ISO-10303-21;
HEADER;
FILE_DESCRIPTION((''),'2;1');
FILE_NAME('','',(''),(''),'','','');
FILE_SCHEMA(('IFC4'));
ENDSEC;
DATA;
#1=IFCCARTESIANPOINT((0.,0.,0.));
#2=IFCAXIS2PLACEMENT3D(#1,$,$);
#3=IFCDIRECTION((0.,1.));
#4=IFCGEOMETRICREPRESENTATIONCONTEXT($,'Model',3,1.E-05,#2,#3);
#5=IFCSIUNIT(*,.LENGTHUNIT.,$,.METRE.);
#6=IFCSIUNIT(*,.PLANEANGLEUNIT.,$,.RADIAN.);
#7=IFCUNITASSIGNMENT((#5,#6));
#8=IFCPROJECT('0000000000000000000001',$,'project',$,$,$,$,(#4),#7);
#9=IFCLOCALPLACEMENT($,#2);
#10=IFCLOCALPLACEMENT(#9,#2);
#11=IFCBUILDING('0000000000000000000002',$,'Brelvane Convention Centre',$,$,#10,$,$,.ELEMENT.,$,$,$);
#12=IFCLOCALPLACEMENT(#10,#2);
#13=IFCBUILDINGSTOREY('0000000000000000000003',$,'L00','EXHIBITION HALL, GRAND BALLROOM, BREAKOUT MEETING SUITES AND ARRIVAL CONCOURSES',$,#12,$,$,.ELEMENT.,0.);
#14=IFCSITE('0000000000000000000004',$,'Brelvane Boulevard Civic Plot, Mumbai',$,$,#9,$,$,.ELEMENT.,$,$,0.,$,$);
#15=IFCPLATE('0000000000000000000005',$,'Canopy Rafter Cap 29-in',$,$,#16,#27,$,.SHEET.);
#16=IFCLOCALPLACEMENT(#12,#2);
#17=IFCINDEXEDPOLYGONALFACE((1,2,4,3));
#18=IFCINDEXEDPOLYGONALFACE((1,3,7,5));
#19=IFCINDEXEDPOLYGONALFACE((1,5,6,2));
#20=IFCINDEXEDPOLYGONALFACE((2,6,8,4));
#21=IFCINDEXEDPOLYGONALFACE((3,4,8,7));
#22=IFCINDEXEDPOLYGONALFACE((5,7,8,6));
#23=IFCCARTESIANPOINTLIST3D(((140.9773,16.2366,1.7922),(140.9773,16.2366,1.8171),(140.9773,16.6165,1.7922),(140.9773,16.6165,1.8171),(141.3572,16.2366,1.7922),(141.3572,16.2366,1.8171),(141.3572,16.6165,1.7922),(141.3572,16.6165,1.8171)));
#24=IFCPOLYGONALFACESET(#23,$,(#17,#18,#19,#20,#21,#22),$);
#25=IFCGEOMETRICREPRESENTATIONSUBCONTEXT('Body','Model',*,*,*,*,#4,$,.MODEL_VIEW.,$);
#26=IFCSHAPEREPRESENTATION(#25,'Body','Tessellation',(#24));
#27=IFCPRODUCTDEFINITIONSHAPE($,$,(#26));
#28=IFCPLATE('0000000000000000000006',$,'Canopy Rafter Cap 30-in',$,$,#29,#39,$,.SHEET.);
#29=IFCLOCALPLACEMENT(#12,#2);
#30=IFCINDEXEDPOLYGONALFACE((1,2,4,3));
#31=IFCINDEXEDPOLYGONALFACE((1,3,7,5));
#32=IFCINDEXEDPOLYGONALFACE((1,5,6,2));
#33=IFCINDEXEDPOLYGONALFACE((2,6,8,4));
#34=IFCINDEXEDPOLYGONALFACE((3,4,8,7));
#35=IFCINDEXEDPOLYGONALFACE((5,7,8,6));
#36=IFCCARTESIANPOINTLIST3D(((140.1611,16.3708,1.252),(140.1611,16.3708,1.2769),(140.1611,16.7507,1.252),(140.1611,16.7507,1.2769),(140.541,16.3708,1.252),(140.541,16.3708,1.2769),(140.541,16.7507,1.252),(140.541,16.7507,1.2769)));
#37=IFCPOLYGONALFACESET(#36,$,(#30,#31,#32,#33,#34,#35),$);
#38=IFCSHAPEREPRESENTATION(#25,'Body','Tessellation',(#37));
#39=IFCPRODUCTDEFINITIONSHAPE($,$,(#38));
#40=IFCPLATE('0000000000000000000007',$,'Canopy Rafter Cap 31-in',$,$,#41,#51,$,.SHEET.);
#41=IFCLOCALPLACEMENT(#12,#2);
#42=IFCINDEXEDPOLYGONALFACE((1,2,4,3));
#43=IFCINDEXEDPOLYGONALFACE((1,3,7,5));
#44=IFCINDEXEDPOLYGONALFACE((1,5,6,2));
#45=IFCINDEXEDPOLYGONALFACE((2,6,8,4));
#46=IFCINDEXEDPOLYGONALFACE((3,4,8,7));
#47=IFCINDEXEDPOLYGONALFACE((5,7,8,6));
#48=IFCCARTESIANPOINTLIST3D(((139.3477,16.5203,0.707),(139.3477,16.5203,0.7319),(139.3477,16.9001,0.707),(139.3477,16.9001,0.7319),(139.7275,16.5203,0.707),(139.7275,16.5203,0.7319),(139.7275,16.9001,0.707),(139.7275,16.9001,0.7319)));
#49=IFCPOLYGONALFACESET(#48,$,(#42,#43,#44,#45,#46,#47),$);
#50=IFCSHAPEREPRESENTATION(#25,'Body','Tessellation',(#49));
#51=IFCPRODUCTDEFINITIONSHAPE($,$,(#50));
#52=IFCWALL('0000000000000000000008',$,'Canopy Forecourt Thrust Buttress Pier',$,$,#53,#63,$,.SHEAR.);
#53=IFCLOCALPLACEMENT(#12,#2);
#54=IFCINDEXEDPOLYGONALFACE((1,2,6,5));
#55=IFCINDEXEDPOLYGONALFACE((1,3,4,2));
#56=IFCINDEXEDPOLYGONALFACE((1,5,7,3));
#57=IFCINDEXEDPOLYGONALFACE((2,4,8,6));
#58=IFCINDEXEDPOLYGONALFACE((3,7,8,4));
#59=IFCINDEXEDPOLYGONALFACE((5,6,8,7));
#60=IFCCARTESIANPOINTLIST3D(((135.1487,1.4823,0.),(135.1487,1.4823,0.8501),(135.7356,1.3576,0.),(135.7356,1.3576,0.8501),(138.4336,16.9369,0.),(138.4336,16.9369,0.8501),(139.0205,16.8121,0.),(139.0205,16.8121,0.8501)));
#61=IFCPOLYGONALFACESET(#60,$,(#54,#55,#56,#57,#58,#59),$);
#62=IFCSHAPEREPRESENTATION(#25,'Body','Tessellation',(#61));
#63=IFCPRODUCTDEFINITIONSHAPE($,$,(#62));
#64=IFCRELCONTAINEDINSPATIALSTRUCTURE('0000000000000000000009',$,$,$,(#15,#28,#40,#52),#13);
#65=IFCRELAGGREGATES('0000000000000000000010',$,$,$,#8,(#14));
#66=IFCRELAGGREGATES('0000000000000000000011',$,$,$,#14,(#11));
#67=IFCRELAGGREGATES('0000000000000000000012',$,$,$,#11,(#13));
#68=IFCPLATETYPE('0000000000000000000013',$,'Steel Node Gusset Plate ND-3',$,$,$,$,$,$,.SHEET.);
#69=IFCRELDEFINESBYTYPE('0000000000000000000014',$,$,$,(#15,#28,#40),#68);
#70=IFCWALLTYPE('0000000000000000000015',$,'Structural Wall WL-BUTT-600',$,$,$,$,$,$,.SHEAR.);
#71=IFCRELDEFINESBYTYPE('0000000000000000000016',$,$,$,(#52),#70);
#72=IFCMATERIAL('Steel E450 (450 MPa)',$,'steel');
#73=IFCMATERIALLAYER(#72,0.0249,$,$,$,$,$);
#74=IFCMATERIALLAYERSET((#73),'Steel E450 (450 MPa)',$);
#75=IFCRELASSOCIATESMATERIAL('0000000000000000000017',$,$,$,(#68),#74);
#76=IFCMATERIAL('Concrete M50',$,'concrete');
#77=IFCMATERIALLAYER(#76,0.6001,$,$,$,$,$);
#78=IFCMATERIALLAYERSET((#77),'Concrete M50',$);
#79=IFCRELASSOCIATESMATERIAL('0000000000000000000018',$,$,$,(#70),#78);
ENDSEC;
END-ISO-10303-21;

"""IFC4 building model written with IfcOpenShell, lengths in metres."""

from ifc_helpers import new_model, si_unit, direction, frame, frame_2d, origin, origin_2d, place, context, subcontext, project, spatial, rectangle, extrude, material, layer, layer_set, type_object, element, save


model = new_model("IFC4")

# Units and contexts
model_context = context("Model", 3, precision=1e-05, world=origin(), true_north=direction((0.0, 1.0)))
body_context = subcontext(model_context, "Body", "Model", "MODEL_VIEW")
ifc_project = project(units=[si_unit("LENGTHUNIT", "METRE"), si_unit("PLANEANGLEUNIT", "RADIAN")], contexts=[model_context])

# Site, building, storey
site_placement = place(None, origin())
site = spatial("IfcSite", under=ifc_project, at=site_placement, Name="Brelvane Boulevard Civic Plot, Mumbai", CompositionType="ELEMENT", RefElevation=0.0)
building_placement = place(site_placement, origin())
building = spatial("IfcBuilding", under=site, at=building_placement, Name="Brelvane Convention Centre", CompositionType="ELEMENT")
storey_placement = place(building_placement, origin())
storey = spatial("IfcBuildingStorey", under=building, at=storey_placement, Name="L00", Description="EXHIBITION HALL, GRAND BALLROOM, BREAKOUT MEETING SUITES AND ARRIVAL CONCOURSES", CompositionType="ELEMENT", Elevation=0.0)

# Plates
ifc_material_1 = material(Name="Steel E450 (450 MPa)", Category="steel")
ifc_layer_1 = layer(ifc_material_1, 0.0249)
ifc_layer_set_1 = layer_set([ifc_layer_1], Name="Steel E450 (450 MPa)")
plate_type_1 = type_object("IfcPlateType", Name="Steel Node Gusset Plate ND-3", PredefinedType="SHEET", material=ifc_layer_set_1)
for number, where, z_axis, x_axis, name in (
    (1, (141.1672, 16.4265, 1.7922), (0.0, 0.0, 1.0), (1.0, 0.0, 0.0), "Canopy Rafter Cap 29-in"),
    (2, (140.3511, 16.5608, 1.252), (0.0, 0.0, 1.0), (1.0, 0.0, 0.0), "Canopy Rafter Cap 30-in"),
    (3, (139.5376, 16.7102, 0.707), (0.0, 0.0, 1.0), (1.0, 0.0, 0.0), "Canopy Rafter Cap 31-in"),
):
    element("IfcPlate", number, at=place(storey_placement, frame(where, z_axis=z_axis, x_axis=x_axis)), inside=storey, type_object=plate_type_1, Name=name, PredefinedType="SHEET", context=body_context, shape_type="SweptSolid", body=[
        extrude(rectangle(XDim=0.3799, YDim=0.3799, at=origin_2d()), origin(), (0.0, 0.0, 1.0), 0.0249),
    ])

# Wall
ifc_material_2 = material(Name="Concrete M50", Category="concrete")
ifc_layer_2 = layer(ifc_material_2, 0.6001)
ifc_layer_set_2 = layer_set([ifc_layer_2], Name="Concrete M50")
wall_type = type_object("IfcWallType", Name="Structural Wall WL-BUTT-600", PredefinedType="SHEAR", material=ifc_layer_set_2)
wall_placement = place(storey_placement, frame((138.7271, 16.8745, 0.0), z_axis=(0.0, 0.0, 1.0), x_axis=(-0.207908, -0.978148, 0.0)))
element("IfcWall", 4, at=wall_placement, inside=storey, type_object=wall_type, Name="Canopy Forecourt Thrust Buttress Pier", PredefinedType="SHEAR", context=body_context, shape_type="SweptSolid", body=[
    extrude(rectangle(XDim=15.7998, YDim=0.6001, at=frame_2d((7.8999, 0.0))), origin(), (0.0, 0.0, 1.0), 0.8501),
])

save(model, "model.ifc")
